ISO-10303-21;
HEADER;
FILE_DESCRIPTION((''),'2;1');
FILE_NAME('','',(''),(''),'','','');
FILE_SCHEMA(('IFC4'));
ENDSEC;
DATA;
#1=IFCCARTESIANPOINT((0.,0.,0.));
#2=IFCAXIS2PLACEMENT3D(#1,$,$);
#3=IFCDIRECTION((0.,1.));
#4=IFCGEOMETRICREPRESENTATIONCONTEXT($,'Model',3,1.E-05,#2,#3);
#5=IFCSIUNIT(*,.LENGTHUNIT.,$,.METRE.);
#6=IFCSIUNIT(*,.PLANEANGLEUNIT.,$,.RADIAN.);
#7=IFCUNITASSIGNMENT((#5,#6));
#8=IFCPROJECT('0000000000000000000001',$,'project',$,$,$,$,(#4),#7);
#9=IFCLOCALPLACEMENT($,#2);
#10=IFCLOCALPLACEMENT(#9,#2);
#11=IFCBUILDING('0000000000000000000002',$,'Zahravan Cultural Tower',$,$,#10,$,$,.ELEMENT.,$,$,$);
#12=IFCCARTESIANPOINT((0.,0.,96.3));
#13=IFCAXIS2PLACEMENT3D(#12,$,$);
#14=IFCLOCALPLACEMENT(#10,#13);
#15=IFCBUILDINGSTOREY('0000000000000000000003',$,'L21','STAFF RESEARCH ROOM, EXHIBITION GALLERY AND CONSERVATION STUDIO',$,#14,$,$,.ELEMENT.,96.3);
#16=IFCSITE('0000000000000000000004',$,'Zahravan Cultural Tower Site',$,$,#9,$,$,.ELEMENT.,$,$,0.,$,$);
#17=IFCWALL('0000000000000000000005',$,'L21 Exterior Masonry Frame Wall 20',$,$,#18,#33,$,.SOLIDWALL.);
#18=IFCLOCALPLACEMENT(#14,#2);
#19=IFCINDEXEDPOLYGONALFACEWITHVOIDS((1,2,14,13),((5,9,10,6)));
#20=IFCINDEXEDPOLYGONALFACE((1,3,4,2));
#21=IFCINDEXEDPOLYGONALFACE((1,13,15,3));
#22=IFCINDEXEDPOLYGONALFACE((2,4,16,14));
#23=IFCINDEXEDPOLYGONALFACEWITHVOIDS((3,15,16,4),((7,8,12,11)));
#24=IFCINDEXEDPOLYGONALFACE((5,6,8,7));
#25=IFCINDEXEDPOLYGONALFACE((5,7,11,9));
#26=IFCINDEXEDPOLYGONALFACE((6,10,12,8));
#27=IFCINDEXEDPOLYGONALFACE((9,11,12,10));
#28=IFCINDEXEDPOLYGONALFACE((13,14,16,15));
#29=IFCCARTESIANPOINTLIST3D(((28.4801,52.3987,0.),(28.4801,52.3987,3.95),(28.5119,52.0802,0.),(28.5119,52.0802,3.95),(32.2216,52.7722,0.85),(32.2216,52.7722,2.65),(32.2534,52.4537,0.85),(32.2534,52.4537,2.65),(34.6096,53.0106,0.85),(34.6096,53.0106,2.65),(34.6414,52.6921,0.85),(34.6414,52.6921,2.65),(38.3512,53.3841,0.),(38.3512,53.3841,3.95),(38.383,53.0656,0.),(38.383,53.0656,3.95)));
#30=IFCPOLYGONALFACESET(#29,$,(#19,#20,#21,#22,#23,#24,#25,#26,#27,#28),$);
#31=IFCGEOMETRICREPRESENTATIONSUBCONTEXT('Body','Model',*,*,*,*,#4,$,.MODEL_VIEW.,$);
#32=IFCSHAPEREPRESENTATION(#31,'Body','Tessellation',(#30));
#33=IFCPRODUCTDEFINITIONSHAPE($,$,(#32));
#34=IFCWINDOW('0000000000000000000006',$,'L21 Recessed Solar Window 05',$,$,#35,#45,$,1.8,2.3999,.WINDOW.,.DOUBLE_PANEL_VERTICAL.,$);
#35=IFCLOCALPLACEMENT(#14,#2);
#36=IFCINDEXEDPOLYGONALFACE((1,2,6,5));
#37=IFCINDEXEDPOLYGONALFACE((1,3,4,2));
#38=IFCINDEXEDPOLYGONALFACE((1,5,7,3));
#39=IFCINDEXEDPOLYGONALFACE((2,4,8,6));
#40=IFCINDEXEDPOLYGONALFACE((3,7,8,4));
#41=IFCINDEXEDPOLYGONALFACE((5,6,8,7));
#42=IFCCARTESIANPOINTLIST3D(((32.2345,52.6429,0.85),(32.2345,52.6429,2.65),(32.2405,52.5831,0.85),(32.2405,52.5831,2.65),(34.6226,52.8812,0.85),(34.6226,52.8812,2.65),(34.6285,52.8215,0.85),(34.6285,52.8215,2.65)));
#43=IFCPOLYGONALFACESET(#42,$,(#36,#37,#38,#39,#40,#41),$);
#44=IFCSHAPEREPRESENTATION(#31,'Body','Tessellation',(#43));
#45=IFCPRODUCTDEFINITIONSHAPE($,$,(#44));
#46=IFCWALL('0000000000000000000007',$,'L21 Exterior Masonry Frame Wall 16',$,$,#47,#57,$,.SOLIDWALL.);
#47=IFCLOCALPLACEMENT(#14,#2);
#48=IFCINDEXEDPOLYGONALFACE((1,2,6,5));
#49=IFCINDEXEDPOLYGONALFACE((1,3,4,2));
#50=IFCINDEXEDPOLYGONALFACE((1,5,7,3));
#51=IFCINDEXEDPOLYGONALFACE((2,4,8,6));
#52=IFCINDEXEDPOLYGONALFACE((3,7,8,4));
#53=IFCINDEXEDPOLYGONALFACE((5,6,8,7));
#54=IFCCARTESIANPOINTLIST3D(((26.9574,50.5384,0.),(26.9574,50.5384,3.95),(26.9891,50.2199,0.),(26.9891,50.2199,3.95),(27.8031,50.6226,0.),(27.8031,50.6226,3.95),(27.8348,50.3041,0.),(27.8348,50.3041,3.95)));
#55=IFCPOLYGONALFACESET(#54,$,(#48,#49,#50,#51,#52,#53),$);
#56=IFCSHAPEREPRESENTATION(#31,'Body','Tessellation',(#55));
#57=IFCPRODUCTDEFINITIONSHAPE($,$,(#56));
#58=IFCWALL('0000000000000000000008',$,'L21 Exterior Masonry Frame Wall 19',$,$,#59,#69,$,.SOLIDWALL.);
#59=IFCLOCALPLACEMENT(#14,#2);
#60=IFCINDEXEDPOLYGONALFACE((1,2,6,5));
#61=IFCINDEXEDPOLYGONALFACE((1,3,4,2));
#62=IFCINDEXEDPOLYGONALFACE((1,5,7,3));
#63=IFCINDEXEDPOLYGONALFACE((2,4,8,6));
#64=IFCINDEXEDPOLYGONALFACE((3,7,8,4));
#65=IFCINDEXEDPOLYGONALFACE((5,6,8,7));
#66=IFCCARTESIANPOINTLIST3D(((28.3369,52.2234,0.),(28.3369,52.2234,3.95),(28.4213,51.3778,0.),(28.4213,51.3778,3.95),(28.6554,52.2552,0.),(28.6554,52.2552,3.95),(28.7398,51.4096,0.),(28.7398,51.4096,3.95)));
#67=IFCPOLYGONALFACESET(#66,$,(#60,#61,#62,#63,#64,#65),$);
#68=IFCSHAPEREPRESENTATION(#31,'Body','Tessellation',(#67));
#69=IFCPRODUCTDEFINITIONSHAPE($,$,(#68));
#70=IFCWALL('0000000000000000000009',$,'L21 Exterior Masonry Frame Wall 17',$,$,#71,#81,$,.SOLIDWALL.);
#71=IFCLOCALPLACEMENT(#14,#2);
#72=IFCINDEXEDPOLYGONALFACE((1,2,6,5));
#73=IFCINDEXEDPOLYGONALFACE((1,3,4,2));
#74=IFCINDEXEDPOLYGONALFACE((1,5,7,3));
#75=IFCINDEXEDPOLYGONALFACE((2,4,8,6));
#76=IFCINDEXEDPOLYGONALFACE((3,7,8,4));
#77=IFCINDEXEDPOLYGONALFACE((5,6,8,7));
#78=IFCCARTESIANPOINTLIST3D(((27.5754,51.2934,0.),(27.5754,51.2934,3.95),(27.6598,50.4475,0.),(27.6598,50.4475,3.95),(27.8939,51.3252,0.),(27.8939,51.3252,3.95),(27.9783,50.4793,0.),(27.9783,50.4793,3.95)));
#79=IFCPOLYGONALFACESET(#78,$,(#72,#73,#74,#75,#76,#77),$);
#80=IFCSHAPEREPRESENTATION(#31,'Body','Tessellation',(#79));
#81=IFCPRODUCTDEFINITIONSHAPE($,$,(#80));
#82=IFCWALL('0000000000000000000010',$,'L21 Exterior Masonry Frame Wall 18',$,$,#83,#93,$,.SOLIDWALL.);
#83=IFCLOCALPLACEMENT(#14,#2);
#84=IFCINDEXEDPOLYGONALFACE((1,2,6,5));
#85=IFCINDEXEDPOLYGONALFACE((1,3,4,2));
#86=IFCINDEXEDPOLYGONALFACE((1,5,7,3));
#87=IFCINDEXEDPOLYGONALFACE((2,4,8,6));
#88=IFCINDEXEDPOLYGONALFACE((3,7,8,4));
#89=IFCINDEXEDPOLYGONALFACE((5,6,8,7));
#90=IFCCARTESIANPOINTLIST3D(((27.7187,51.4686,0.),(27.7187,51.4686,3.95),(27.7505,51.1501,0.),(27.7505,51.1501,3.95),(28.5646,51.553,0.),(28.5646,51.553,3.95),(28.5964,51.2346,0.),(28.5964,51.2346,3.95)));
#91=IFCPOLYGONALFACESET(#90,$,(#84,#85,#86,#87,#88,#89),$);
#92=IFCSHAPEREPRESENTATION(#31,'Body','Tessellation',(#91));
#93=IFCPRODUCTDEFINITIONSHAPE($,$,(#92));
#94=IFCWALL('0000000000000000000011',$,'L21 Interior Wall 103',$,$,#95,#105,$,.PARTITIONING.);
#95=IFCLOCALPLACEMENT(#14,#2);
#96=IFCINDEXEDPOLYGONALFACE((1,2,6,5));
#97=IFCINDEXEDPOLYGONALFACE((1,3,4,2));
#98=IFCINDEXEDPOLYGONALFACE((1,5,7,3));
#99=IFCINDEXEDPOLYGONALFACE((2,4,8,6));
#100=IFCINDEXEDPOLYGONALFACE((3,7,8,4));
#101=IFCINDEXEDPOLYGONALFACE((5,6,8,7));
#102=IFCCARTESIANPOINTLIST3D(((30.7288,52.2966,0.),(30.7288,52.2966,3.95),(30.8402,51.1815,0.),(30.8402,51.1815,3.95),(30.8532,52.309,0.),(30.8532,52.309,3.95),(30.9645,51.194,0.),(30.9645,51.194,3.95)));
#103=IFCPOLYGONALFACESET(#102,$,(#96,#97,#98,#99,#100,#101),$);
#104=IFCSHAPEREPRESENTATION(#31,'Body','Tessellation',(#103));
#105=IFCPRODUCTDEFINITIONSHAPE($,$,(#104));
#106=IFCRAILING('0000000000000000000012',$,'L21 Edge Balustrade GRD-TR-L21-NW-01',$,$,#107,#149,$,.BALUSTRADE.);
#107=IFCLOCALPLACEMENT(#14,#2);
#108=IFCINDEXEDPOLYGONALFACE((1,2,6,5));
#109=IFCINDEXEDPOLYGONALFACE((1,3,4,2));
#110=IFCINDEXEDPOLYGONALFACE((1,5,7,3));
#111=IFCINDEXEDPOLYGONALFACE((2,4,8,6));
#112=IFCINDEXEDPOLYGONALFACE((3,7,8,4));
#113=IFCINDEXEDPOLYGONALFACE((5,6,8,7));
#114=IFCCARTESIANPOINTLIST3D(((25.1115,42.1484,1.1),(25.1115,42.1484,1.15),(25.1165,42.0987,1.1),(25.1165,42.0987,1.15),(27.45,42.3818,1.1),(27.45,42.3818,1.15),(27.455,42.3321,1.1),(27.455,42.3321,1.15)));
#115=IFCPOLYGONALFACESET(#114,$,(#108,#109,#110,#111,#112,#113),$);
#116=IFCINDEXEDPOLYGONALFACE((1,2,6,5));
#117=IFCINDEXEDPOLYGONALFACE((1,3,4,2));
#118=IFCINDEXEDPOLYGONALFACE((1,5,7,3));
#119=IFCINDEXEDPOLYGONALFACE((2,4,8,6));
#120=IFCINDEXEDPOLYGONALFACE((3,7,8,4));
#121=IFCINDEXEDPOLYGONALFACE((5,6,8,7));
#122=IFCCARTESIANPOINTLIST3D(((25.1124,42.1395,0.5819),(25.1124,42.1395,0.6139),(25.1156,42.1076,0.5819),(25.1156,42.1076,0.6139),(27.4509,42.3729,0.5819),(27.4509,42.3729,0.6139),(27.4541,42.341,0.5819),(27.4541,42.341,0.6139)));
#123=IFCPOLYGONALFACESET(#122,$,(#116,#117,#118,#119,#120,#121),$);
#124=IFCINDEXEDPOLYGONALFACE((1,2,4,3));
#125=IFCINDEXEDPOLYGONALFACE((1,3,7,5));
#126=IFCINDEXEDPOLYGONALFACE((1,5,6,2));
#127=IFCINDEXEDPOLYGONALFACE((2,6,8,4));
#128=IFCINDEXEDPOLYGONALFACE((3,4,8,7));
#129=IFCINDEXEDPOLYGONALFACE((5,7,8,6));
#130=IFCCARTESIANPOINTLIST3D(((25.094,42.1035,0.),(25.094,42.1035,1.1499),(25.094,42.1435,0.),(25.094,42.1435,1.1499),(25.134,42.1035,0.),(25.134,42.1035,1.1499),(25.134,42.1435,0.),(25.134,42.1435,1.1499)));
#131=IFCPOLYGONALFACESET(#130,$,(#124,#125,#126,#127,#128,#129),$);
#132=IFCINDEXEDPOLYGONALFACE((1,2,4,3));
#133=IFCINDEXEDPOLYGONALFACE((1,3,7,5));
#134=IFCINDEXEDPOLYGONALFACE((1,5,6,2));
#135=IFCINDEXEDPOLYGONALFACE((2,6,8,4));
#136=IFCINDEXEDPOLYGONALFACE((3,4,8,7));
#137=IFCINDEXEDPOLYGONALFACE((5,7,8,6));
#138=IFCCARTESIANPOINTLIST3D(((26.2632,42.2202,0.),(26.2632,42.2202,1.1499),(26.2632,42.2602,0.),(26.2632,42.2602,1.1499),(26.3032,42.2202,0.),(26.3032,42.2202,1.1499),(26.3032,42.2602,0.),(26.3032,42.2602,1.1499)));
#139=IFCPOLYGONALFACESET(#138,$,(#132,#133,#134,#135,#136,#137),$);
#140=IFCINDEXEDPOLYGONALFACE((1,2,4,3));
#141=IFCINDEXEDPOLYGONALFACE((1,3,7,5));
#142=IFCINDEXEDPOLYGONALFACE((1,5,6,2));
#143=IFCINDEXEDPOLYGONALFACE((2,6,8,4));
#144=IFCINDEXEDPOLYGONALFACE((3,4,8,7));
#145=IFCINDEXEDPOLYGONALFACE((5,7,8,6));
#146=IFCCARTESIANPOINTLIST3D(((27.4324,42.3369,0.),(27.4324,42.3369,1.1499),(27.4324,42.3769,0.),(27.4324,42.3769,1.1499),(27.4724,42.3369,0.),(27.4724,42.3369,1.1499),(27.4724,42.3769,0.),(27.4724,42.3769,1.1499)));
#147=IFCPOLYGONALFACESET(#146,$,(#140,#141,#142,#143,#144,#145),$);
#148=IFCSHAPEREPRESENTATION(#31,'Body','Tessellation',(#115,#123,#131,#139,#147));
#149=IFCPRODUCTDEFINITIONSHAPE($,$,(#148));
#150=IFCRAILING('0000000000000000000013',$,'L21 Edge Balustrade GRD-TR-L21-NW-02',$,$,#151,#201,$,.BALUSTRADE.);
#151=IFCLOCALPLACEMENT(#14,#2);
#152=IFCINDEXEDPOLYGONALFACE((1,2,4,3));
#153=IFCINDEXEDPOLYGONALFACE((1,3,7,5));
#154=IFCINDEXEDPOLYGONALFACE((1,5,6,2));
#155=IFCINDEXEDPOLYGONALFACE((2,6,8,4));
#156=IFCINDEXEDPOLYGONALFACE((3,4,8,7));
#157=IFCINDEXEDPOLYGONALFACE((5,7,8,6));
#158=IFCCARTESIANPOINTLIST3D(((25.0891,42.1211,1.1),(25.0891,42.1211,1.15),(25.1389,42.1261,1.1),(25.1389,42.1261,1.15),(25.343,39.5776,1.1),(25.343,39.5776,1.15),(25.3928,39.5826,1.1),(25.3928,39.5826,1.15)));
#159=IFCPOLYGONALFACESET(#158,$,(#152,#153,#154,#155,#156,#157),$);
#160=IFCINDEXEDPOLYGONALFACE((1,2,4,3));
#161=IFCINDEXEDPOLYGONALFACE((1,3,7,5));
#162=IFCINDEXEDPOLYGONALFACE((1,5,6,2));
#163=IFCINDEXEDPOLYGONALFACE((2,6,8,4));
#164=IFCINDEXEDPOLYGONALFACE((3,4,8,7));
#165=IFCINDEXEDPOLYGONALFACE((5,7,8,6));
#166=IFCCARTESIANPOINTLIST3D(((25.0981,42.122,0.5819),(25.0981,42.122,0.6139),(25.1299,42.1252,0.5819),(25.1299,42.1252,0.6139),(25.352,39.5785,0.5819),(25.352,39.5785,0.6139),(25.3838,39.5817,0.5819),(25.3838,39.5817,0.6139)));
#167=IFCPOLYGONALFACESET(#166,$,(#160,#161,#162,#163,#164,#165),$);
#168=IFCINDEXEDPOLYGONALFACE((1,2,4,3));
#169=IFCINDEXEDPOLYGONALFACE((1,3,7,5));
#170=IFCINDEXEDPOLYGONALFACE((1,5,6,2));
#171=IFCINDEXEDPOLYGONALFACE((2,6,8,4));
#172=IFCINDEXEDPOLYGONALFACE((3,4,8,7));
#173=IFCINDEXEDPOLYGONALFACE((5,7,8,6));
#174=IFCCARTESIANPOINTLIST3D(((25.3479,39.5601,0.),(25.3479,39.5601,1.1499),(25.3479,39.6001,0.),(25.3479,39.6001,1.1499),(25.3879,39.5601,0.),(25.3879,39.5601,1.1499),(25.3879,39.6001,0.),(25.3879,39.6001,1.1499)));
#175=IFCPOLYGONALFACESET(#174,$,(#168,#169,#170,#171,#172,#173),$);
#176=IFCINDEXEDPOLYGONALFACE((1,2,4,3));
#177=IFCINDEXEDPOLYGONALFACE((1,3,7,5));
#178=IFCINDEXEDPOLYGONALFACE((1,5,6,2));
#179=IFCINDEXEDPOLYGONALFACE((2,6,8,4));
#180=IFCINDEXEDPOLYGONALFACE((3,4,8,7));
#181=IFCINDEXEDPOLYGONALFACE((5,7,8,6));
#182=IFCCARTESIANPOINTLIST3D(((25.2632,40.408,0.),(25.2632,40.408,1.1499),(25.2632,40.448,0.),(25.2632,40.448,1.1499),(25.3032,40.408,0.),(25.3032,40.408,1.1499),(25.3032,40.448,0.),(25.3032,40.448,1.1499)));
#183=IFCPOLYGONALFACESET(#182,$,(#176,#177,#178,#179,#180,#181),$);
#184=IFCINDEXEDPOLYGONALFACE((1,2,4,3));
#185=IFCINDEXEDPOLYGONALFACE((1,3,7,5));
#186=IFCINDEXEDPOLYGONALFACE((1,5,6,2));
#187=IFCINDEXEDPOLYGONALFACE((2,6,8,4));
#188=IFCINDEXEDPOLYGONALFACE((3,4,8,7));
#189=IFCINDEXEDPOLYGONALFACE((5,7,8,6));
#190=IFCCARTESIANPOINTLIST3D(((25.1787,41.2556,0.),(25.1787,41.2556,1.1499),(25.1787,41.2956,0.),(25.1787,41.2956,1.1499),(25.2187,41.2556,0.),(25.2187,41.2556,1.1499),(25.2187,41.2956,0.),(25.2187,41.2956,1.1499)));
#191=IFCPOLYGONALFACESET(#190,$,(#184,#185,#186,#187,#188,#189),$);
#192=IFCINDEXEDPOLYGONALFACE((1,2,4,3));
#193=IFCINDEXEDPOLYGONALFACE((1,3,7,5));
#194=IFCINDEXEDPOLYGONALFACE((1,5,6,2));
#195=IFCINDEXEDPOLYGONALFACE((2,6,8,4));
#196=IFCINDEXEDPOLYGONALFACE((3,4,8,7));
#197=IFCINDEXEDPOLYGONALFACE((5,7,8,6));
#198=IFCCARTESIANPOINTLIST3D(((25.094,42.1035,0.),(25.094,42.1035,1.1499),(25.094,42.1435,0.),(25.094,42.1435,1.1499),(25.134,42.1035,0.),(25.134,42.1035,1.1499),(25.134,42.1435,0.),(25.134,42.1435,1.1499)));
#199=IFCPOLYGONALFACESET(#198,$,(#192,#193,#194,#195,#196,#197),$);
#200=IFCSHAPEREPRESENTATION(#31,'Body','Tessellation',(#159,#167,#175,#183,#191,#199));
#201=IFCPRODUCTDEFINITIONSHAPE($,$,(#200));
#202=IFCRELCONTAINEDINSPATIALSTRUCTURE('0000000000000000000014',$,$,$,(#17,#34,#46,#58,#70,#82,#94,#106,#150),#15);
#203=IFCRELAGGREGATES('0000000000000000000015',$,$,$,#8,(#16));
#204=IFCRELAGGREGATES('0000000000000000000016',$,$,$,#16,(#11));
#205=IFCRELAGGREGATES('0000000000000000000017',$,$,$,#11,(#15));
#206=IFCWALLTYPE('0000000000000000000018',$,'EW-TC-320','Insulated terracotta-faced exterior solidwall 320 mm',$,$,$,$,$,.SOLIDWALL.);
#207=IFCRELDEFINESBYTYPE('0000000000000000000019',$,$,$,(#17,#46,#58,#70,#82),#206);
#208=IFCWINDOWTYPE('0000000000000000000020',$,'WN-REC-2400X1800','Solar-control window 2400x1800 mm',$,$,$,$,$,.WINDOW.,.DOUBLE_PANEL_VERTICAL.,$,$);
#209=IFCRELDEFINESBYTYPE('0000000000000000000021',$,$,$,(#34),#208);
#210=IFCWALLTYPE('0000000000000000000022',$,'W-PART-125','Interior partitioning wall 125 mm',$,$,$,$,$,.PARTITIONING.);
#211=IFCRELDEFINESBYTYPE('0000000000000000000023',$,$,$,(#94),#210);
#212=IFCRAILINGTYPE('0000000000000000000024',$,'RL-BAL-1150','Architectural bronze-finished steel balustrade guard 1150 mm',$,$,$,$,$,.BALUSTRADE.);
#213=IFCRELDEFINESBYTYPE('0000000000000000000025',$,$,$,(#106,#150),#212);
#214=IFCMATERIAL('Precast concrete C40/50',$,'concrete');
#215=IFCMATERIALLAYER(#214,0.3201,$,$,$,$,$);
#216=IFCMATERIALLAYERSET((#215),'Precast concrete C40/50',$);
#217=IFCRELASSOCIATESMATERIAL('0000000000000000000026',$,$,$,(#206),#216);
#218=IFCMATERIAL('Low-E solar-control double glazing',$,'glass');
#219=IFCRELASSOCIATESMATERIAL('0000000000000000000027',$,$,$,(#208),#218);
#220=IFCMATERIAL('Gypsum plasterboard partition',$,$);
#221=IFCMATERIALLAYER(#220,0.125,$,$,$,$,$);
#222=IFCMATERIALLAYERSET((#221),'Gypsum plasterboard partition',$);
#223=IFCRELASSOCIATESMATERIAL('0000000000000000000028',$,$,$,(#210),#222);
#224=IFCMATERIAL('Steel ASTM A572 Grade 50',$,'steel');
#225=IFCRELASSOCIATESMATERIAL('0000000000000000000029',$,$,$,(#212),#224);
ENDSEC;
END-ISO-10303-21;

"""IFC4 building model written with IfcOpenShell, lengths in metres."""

from ifc_helpers import new_model, si_unit, direction, frame, frame_2d, origin, origin_2d, place, context, subcontext, project, spatial, rectangle, extrude, source, transform, mapped, material, layer, layer_set, type_object, element, fill, save


model = new_model("IFC4")

# Units and contexts
model_context = context("Model", 3, precision=1e-05, world=origin(), true_north=direction((0.0, 1.0)))
body_context = subcontext(model_context, "Body", "Model", "MODEL_VIEW")
ifc_project = project(units=[si_unit("LENGTHUNIT", "METRE"), si_unit("PLANEANGLEUNIT", "RADIAN")], contexts=[model_context])

# Site, building, storey
site_placement = place(None, origin())
site = spatial("IfcSite", under=ifc_project, at=site_placement, Name="Zahravan Cultural Tower Site", CompositionType="ELEMENT", RefElevation=0.0)
building_placement = place(site_placement, origin())
building = spatial("IfcBuilding", under=site, at=building_placement, Name="Zahravan Cultural Tower", CompositionType="ELEMENT")
storey_placement = place(building_placement, frame((0.0, 0.0, 96.3)))
storey = spatial("IfcBuildingStorey", under=building, at=storey_placement, Name="L21", Description="STAFF RESEARCH ROOM, EXHIBITION GALLERY AND CONSERVATION STUDIO", CompositionType="ELEMENT", Elevation=96.3)

# Shared definitions
ifc_material_1 = material(Name="Precast concrete C40/50", Category="concrete")
ifc_layer_1 = layer(ifc_material_1, 0.3201)
ifc_layer_set_1 = layer_set([ifc_layer_1], Name="Precast concrete C40/50")
wall_type_1 = type_object("IfcWallType", Name="EW-TC-320", Description="Insulated terracotta-faced exterior solidwall 320 mm", PredefinedType="SOLIDWALL", material=ifc_layer_set_1)

# Wall, opening, window
ifc_material_2 = material(Name="Low-E solar-control double glazing", Category="glass")
window_type = type_object("IfcWindowType", Name="WN-REC-2400X1800", Description="Solar-control window 2400x1800 mm", PartitioningType="DOUBLE_PANEL_VERTICAL", PredefinedType="WINDOW", material=ifc_material_2)
shared_shape_1 = source(origin(), body_context, "Body", "SweptSolid", [
    extrude(rectangle(XDim=2.3999, YDim=1.8, at=frame_2d((1.2, 0.8999))), frame((0.0, 0.03, 0.0), z_axis=(0.0, -1.0, 0.0), x_axis=(1.0, 0.0, 0.0)), (0.0, 0.0, 1.0), 0.0601),
])
wall_1_placement = place(storey_placement, frame((28.4961, 52.2395, 0.0), z_axis=(0.0, 0.0, 1.0), x_axis=(0.995055, 0.099328, 0.0)))
wall_1 = element("IfcWall", 1, at=wall_1_placement, inside=storey, type_object=wall_type_1, Name="L21 Exterior Masonry Frame Wall 20", PredefinedType="SOLIDWALL", context=body_context, shape_type="SweptSolid", body=[
    extrude(rectangle(XDim=9.9202, YDim=0.3201, at=frame_2d((4.96, 0.0))), origin(), (0.0, 0.0, 1.0), 3.95),
])
opening_1_placement = place(wall_1_placement, frame((3.76, 0.0, 0.8501)))
opening_1 = element("IfcOpeningElement", 2, at=opening_1_placement, cuts=wall_1, PredefinedType="OPENING", context=body_context, shape_type="SweptSolid", body=[
    extrude(rectangle(XDim=2.3999, YDim=1.8, at=frame_2d((1.2, 0.8999))), frame((0.0, 0.1699, 0.0), z_axis=(0.0, -1.0, 0.0), x_axis=(1.0, 0.0, 0.0)), (0.0, 0.0, 1.0), 0.3401),
])
window_1_placement = place(opening_1_placement, origin())
window_1 = element("IfcWindow", 3, at=window_1_placement, inside=storey, type_object=window_type, Name="L21 Recessed Solar Window 05", OverallHeight=1.8, OverallWidth=2.3999, PartitioningType="DOUBLE_PANEL_VERTICAL", PredefinedType="WINDOW", context=body_context, shape_type="MappedRepresentation", body=[
    mapped(shared_shape_1, transform((0.0, 0.0, 0.0), x_axis=(1.0, 0.0, 0.0), y_axis=(0.0, 1.0, 0.0), z_axis=(0.0, 0.0, 1.0), scale=1.0)),
])
fill(opening_1, window_1)

# Walls
shared_shape_2 = source(origin(), body_context, "Body", "SweptSolid", [
    extrude(rectangle(XDim=0.8499, YDim=0.3201, at=frame_2d((0.4248, 0.0))), origin(), (0.0, 0.0, 1.0), 3.95),
])
for number, where, z_axis, x_axis, name in (
    (4, (26.9734, 50.3792, 0.0), (0.0, 0.0, 1.0), (0.995077, 0.099106, 0.0), "L21 Exterior Masonry Frame Wall 16"),
    (5, (28.5806, 51.3938, 0.0), (0.0, 0.0, 1.0), (-0.09939, 0.995049, 0.0), "L21 Exterior Masonry Frame Wall 19"),
):
    element("IfcWall", number, at=place(storey_placement, frame(where, z_axis=z_axis, x_axis=x_axis)), inside=storey, type_object=wall_type_1, Name=name, PredefinedType="SOLIDWALL", context=body_context, shape_type="MappedRepresentation", body=[
        mapped(shared_shape_2, transform((0.0, 0.0, 0.0), x_axis=(1.0, 0.0, 0.0), y_axis=(0.0, 1.0, 0.0), z_axis=(0.0, 0.0, 1.0), scale=1.0)),
    ])
shared_shape_3 = source(origin(), body_context, "Body", "SweptSolid", [
    extrude(rectangle(XDim=0.8501, YDim=0.3201, at=frame_2d((0.425, 0.0))), origin(), (0.0, 0.0, 1.0), 3.95),
])
for number, where, z_axis, x_axis, name in (
    (6, (27.8191, 50.4634, 0.0), (0.0, 0.0, 1.0), (-0.099362, 0.995051, 0.0), "L21 Exterior Masonry Frame Wall 17"),
    (7, (27.7346, 51.3093, 0.0), (0.0, 0.0, 1.0), (0.995051, 0.099362, 0.0), "L21 Exterior Masonry Frame Wall 18"),
):
    element("IfcWall", number, at=place(storey_placement, frame(where, z_axis=z_axis, x_axis=x_axis)), inside=storey, type_object=wall_type_1, Name=name, PredefinedType="SOLIDWALL", context=body_context, shape_type="MappedRepresentation", body=[
        mapped(shared_shape_3, transform((0.0, 0.0, 0.0), x_axis=(1.0, 0.0, 0.0), y_axis=(0.0, 1.0, 0.0), z_axis=(0.0, 0.0, 1.0), scale=1.0)),
    ])
ifc_material_3 = material(Name="Gypsum plasterboard partition")
ifc_layer_2 = layer(ifc_material_3, 0.125)
ifc_layer_set_2 = layer_set([ifc_layer_2], Name="Gypsum plasterboard partition")
wall_type_2 = type_object("IfcWallType", Name="W-PART-125", Description="Interior partitioning wall 125 mm", PredefinedType="PARTITIONING", material=ifc_layer_set_2)
shared_shape_4 = source(origin(), body_context, "Body", "SweptSolid", [
    extrude(rectangle(XDim=1.1206, YDim=0.125, at=frame_2d((0.5603, 0.0))), origin(), (0.0, 0.0, 1.0), 3.95),
])
wall_2_placement = place(storey_placement, frame((30.9023, 51.1877, 0.0), z_axis=(0.0, 0.0, 1.0), x_axis=(-0.099353, 0.995052, 0.0)))
element("IfcWall", 8, at=wall_2_placement, inside=storey, type_object=wall_type_2, Name="L21 Interior Wall 103", PredefinedType="PARTITIONING", context=body_context, shape_type="MappedRepresentation", body=[
    mapped(shared_shape_4, transform((0.0, 0.0, 0.0), x_axis=(1.0, 0.0, 0.0), y_axis=(0.0, 1.0, 0.0), z_axis=(0.0, 0.0, 1.0), scale=1.0)),
])

# Railings
ifc_material_4 = material(Name="Steel ASTM A572 Grade 50", Category="steel")
railing_type = type_object("IfcRailingType", Name="RL-BAL-1150", Description="Architectural bronze-finished steel balustrade guard 1150 mm", PredefinedType="BALUSTRADE", material=ifc_material_4)
railing_1_placement = place(storey_placement, frame((25.114, 42.1235, 0.0)))
element("IfcRailing", 9, at=railing_1_placement, inside=storey, type_object=railing_type, Name="L21 Edge Balustrade GRD-TR-L21-NW-01", PredefinedType="BALUSTRADE", context=body_context, shape_type="SweptSolid", body=[
    extrude(rectangle(XDim=0.05, YDim=0.05, at=origin_2d()), frame((0.0, 0.0, 1.125), z_axis=(0.995056, 0.099319, 0.0), x_axis=(-0.099319, 0.995056, 0.0)), (0.0, 0.0, 1.0), 2.3501),
    extrude(rectangle(XDim=0.032, YDim=0.032, at=origin_2d()), frame((0.0, 0.0, 0.5979), z_axis=(0.995056, 0.099319, 0.0), x_axis=(-0.099319, 0.995056, 0.0)), (0.0, 0.0, 1.0), 2.3501),
    extrude(rectangle(XDim=0.04, YDim=0.04, at=origin_2d()), origin(), (0.0, 0.0, 1.0), 1.1499),
    extrude(rectangle(XDim=0.04, YDim=0.04, at=origin_2d()), frame((1.1692, 0.1167, 0.0)), (0.0, 0.0, 1.0), 1.1499),
    extrude(rectangle(XDim=0.04, YDim=0.04, at=origin_2d()), frame((2.3384, 0.2334, 0.0)), (0.0, 0.0, 1.0), 1.1499),
])
railing_2_placement = place(storey_placement, frame((25.3679, 39.5801, 0.0)))
element("IfcRailing", 10, at=railing_2_placement, inside=storey, type_object=railing_type, Name="L21 Edge Balustrade GRD-TR-L21-NW-02", PredefinedType="BALUSTRADE", context=body_context, shape_type="SweptSolid", body=[
    extrude(rectangle(XDim=0.05, YDim=0.05, at=origin_2d()), frame((0.0, 0.0, 1.125), z_axis=(-0.099333, 0.995054, 0.0), x_axis=(-0.995054, -0.099333, 0.0)), (0.0, 0.0, 1.0), 2.5562),
    extrude(rectangle(XDim=0.032, YDim=0.032, at=origin_2d()), frame((0.0, 0.0, 0.5979), z_axis=(-0.099333, 0.995054, 0.0), x_axis=(-0.995054, -0.099333, 0.0)), (0.0, 0.0, 1.0), 2.5562),
    extrude(rectangle(XDim=0.04, YDim=0.04, at=origin_2d()), origin(), (0.0, 0.0, 1.0), 1.1499),
    extrude(rectangle(XDim=0.04, YDim=0.04, at=origin_2d()), frame((-0.0847, 0.8479, 0.0)), (0.0, 0.0, 1.0), 1.1499),
    extrude(rectangle(XDim=0.04, YDim=0.04, at=origin_2d()), frame((-0.1692, 1.6956, 0.0)), (0.0, 0.0, 1.0), 1.1499),
    extrude(rectangle(XDim=0.04, YDim=0.04, at=origin_2d()), frame((-0.2539, 2.5435, 0.0)), (0.0, 0.0, 1.0), 1.1499),
])

save(model, "model.ifc")
